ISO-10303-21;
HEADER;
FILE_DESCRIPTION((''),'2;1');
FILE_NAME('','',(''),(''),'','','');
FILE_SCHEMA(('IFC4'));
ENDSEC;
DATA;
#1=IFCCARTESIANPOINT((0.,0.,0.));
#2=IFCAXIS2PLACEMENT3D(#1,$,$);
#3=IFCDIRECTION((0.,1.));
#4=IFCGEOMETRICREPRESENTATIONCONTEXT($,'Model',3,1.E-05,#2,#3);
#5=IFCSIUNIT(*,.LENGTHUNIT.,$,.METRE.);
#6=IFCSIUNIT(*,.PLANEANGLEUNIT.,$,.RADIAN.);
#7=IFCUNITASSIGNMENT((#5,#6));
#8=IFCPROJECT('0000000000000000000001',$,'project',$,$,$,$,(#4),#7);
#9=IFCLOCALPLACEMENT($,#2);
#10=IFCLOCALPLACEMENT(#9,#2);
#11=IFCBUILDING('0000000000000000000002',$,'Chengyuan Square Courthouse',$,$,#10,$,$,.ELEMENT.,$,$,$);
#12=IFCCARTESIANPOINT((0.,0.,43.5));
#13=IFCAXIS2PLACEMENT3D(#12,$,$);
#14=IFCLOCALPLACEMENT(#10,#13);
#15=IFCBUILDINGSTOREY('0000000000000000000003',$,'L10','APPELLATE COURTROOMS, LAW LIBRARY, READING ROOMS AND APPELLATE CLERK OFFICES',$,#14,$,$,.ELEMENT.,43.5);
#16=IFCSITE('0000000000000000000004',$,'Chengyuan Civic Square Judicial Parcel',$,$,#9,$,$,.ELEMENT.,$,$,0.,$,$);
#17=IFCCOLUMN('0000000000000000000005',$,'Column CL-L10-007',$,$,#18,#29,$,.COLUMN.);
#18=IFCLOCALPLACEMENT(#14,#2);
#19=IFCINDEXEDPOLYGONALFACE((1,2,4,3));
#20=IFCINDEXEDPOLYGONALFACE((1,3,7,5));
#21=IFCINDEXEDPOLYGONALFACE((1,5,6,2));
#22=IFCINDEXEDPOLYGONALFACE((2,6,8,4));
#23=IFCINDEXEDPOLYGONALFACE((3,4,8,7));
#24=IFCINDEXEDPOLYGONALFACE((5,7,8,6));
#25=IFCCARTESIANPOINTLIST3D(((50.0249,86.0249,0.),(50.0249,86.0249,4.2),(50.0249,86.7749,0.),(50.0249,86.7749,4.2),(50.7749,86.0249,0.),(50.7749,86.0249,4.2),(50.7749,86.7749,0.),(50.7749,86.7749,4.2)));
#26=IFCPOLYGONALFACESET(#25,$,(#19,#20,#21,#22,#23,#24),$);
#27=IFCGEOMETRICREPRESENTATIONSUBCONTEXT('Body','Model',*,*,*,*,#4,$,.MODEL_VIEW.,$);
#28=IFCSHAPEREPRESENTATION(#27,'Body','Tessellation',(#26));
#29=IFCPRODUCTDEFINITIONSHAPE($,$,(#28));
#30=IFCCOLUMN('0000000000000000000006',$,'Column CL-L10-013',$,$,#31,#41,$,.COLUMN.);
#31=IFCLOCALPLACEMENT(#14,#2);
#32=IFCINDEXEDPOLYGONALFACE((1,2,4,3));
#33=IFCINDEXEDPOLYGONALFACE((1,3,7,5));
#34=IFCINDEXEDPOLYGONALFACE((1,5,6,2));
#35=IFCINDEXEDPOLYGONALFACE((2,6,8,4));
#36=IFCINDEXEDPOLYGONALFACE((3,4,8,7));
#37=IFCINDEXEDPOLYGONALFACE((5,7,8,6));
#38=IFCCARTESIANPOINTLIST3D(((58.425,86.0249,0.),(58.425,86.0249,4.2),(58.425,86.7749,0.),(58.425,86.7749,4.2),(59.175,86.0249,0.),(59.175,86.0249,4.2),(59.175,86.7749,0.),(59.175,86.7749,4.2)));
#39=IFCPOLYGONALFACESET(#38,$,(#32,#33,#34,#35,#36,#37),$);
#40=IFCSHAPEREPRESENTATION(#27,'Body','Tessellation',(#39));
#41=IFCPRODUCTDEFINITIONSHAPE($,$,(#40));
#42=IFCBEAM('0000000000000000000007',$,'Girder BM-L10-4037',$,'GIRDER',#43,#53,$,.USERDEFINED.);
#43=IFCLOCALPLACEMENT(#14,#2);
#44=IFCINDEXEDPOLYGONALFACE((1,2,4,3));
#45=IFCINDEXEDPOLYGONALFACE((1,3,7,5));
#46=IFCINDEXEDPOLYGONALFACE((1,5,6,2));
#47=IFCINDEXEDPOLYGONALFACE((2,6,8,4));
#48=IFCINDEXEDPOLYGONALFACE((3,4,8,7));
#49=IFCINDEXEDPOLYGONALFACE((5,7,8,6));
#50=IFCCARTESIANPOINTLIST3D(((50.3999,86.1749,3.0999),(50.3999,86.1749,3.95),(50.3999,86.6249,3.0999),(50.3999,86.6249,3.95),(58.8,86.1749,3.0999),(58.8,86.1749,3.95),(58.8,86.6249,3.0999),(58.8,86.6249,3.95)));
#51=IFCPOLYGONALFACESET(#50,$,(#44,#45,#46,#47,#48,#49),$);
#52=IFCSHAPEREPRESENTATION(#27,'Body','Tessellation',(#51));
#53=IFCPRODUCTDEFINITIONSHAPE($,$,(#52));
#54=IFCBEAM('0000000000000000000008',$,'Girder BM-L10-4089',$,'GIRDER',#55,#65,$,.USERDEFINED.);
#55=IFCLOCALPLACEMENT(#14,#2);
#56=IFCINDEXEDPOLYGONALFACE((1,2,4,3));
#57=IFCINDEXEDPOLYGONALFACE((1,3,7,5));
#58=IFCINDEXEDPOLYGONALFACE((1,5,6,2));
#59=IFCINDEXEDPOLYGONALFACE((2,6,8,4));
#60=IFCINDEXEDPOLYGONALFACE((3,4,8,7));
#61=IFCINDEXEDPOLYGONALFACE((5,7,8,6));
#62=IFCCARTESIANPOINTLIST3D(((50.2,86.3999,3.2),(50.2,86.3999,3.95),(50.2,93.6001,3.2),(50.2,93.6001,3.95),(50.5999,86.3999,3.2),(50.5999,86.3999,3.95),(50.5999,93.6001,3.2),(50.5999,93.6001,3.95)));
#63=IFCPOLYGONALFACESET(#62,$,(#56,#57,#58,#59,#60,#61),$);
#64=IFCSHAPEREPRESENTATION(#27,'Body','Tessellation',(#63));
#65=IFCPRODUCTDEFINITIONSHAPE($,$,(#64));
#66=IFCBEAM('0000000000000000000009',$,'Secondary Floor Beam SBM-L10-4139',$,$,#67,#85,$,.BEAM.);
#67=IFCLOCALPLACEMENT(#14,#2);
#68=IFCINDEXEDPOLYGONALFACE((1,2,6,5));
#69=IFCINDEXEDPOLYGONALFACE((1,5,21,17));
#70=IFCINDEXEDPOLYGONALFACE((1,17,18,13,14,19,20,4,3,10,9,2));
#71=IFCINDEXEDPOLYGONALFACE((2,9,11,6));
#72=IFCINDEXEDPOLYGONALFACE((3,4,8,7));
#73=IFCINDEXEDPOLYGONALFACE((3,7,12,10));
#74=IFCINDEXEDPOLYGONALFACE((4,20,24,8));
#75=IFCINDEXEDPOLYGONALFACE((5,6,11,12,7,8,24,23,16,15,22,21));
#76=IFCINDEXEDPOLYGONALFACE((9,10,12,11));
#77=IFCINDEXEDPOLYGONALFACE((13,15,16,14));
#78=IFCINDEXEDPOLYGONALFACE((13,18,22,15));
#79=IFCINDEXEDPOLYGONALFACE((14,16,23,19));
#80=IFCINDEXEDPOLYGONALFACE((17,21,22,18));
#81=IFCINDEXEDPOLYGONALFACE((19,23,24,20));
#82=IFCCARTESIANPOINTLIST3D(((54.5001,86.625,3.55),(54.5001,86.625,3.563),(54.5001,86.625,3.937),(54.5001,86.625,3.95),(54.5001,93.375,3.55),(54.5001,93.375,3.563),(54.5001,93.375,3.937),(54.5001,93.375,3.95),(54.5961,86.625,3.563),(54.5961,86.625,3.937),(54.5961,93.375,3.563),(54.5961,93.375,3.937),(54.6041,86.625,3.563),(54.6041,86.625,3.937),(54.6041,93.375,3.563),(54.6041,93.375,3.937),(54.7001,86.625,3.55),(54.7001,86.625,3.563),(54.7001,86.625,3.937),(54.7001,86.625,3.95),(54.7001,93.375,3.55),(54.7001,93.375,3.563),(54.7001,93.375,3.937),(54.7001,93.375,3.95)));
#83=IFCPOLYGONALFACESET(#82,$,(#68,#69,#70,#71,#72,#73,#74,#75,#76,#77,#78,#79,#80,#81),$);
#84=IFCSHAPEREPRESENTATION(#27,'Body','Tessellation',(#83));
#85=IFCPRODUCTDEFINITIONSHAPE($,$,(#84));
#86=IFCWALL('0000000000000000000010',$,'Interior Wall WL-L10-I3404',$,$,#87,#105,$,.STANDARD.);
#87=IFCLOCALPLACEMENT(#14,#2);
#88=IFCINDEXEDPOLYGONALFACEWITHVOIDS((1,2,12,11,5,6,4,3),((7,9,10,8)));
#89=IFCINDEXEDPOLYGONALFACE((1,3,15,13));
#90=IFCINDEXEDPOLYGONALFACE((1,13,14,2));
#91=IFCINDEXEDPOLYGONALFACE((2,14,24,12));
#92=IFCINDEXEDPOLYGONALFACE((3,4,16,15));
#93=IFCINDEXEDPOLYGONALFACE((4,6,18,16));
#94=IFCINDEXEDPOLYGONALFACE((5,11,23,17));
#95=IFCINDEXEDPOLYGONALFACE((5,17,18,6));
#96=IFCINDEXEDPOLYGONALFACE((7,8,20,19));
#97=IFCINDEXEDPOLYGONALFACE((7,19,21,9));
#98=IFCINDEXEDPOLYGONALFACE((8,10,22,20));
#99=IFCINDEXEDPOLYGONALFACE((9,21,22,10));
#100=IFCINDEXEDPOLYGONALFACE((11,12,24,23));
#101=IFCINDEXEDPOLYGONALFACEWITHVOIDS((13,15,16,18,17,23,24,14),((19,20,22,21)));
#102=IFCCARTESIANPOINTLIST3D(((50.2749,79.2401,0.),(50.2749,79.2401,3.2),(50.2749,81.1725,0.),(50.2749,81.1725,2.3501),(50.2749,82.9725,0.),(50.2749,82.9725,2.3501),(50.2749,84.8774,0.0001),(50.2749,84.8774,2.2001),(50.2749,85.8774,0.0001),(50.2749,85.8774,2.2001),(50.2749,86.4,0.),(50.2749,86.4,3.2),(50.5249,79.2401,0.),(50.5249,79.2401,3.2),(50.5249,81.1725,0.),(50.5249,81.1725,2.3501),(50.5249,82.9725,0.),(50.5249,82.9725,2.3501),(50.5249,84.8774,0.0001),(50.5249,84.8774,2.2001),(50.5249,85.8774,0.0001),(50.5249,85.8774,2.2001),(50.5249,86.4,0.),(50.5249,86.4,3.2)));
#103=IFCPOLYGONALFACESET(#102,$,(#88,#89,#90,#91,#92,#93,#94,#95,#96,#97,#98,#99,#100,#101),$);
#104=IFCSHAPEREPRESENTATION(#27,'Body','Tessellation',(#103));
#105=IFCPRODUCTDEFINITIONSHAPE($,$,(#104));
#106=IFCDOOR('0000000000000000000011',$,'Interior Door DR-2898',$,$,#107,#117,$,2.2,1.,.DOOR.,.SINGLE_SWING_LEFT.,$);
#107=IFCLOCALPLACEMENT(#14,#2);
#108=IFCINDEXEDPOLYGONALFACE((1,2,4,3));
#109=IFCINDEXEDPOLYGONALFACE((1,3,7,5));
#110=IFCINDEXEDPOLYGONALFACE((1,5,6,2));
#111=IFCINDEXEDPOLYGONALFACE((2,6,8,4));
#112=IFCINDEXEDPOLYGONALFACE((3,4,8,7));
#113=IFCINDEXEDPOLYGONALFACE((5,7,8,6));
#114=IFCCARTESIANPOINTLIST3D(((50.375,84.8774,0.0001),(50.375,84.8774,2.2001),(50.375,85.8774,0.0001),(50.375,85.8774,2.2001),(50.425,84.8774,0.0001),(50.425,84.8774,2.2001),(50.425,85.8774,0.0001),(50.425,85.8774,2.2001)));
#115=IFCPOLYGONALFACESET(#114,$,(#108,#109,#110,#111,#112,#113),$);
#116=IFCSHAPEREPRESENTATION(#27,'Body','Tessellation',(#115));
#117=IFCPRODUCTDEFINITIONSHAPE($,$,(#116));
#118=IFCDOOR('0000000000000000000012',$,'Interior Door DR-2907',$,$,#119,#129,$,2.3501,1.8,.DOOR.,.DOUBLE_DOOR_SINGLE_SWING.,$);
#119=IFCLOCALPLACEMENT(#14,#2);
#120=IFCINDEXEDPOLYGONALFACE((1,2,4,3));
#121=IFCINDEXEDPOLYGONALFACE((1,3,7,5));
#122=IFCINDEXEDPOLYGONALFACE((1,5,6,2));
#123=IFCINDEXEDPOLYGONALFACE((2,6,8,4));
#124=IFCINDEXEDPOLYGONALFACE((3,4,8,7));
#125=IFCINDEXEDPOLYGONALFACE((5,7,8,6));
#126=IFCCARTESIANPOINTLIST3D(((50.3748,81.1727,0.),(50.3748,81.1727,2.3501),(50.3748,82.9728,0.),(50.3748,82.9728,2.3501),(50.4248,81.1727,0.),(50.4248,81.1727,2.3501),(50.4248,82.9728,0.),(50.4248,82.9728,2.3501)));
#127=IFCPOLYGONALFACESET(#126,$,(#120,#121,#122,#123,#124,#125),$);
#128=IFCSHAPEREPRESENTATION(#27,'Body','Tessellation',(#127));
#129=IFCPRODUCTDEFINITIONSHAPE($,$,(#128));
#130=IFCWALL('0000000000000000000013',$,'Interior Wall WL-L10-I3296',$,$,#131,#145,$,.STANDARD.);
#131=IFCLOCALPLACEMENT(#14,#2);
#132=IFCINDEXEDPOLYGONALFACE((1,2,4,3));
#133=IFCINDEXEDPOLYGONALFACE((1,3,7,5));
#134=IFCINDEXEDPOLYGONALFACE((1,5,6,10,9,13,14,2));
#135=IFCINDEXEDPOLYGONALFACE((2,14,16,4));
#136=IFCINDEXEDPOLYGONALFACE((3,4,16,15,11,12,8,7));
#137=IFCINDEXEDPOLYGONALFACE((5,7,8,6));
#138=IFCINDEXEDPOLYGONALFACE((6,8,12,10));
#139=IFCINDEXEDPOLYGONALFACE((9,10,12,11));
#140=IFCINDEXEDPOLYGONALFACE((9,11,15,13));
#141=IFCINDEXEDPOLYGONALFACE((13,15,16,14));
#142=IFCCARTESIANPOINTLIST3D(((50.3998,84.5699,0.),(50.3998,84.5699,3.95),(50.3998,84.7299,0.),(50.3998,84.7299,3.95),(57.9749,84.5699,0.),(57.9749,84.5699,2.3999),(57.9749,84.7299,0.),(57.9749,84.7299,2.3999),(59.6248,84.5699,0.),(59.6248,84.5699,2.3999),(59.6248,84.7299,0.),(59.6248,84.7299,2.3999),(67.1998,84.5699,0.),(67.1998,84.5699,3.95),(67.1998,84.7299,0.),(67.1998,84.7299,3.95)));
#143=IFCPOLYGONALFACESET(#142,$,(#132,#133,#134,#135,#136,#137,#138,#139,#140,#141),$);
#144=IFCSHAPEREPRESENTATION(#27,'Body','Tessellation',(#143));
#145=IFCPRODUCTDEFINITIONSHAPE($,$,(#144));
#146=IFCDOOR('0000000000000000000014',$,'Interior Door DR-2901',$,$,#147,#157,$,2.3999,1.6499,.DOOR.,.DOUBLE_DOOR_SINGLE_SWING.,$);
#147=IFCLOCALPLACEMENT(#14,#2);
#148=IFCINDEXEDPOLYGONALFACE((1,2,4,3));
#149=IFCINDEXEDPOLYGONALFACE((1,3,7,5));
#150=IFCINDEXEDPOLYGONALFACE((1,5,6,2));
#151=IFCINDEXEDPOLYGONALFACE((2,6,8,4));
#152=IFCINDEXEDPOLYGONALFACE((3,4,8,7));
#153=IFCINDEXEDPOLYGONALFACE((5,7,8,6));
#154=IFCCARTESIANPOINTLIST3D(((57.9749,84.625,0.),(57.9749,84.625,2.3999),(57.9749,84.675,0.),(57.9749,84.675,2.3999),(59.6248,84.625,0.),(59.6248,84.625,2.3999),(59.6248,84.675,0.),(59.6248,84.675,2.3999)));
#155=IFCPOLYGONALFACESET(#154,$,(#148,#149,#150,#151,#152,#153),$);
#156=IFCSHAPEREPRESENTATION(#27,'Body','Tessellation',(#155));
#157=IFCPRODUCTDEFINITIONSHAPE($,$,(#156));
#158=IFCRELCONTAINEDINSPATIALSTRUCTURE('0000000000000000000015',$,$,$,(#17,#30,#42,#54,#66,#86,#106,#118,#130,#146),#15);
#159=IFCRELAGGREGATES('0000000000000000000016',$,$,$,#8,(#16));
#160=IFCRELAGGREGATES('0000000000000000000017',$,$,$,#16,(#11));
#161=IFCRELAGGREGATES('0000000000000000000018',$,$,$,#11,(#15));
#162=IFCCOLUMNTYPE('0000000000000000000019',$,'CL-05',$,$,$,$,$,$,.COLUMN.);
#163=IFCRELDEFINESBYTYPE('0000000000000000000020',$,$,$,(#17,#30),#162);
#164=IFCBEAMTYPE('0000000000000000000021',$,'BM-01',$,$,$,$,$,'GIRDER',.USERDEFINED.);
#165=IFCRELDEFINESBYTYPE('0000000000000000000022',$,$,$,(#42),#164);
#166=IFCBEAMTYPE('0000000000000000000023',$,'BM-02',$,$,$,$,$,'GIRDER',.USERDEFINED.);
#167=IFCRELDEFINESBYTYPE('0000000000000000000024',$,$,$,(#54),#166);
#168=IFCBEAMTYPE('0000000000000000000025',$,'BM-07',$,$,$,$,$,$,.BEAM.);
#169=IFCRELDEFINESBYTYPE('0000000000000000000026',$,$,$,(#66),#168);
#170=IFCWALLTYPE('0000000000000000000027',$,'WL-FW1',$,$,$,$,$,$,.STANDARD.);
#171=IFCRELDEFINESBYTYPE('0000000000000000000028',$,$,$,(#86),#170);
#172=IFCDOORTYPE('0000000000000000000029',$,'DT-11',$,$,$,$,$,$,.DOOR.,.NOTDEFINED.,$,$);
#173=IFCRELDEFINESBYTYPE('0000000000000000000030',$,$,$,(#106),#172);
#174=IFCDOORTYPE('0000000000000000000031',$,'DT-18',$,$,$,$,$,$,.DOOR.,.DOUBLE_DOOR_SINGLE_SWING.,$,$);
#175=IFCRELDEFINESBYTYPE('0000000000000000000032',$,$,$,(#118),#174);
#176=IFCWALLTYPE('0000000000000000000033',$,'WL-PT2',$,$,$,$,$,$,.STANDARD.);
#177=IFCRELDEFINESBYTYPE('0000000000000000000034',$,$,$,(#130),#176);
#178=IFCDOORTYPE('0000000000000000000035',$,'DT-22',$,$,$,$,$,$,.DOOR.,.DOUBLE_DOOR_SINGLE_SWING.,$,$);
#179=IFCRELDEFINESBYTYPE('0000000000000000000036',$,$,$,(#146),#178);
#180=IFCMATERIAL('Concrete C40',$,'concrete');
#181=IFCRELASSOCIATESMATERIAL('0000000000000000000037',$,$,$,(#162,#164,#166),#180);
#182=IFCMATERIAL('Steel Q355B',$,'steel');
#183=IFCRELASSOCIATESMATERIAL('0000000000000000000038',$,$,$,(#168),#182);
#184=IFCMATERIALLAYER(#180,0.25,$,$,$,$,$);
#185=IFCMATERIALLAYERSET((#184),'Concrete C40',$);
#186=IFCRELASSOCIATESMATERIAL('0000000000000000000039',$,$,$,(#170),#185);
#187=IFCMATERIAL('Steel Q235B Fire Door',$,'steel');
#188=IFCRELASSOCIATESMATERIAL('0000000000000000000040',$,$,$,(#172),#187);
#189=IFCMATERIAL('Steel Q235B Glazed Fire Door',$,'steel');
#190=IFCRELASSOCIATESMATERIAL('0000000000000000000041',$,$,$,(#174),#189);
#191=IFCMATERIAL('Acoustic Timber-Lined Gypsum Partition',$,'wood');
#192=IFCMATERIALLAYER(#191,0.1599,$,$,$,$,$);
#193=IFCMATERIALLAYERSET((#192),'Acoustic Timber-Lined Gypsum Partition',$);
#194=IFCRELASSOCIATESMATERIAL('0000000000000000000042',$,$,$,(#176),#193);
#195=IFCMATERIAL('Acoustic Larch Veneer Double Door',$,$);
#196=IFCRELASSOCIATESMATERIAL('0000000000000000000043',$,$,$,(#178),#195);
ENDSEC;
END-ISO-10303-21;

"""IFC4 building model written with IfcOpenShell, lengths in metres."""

from ifc_helpers import new_model, si_unit, direction, frame, frame_2d, origin, origin_2d, place, context, subcontext, project, spatial, rectangle, i_section, extrude, material, layer, layer_set, material_profile, profile_set, type_object, element, fill, save


model = new_model("IFC4")

# Units and contexts
model_context = context("Model", 3, precision=1e-05, world=origin(), true_north=direction((0.0, 1.0)))
body_context = subcontext(model_context, "Body", "Model", "MODEL_VIEW")
ifc_project = project(units=[si_unit("LENGTHUNIT", "METRE"), si_unit("PLANEANGLEUNIT", "RADIAN")], contexts=[model_context])

# Site, building, storey
site_placement = place(None, origin())
site = spatial("IfcSite", under=ifc_project, at=site_placement, Name="Chengyuan Civic Square Judicial Parcel", CompositionType="ELEMENT", RefElevation=0.0)
building_placement = place(site_placement, origin())
building = spatial("IfcBuilding", under=site, at=building_placement, Name="Chengyuan Square Courthouse", CompositionType="ELEMENT")
storey_placement = place(building_placement, frame((0.0, 0.0, 43.5)))
storey = spatial("IfcBuildingStorey", under=building, at=storey_placement, Name="L10", Description="APPELLATE COURTROOMS, LAW LIBRARY, READING ROOMS AND APPELLATE CLERK OFFICES", CompositionType="ELEMENT", Elevation=43.5)

# Columns
ifc_material_1 = material(Name="Concrete C40", Category="concrete")
ifc_material_profile_1 = material_profile(ifc_material_1, rectangle(XDim=0.75, YDim=0.75, at=origin_2d()), Name="RC-COL-750x750")
ifc_profile_set_1 = profile_set([ifc_material_profile_1], Name="Concrete C40")
column_type = type_object("IfcColumnType", Name="CL-05", PredefinedType="COLUMN", material=ifc_profile_set_1)
for number, where, z_axis, x_axis, name in (
    (1, (50.3999, 86.3999, 0.0), (0.0, 0.0, 1.0), (1.0, 0.0, 0.0), "Column CL-L10-007"),
    (2, (58.8, 86.3999, 0.0), (0.0, 0.0, 1.0), (1.0, 0.0, 0.0), "Column CL-L10-013"),
):
    element("IfcColumn", number, at=place(storey_placement, frame(where, z_axis=z_axis, x_axis=x_axis)), inside=storey, type_object=column_type, Name=name, PredefinedType="COLUMN", context=body_context, shape_type="SweptSolid", body=[
        extrude(rectangle(XDim=0.75, YDim=0.75, at=origin_2d()), origin(), (0.0, 0.0, 1.0), 4.2),
    ])

# Beams
ifc_material_profile_2 = material_profile(ifc_material_1, rectangle(XDim=0.45, YDim=0.8501, at=origin_2d()), Name="RC-BM-450x850")
ifc_profile_set_2 = profile_set([ifc_material_profile_2], Name="Concrete C40")
beam_type_1 = type_object("IfcBeamType", Name="BM-01", ElementType="GIRDER", PredefinedType="USERDEFINED", material=ifc_profile_set_2)
beam_1_placement = place(storey_placement, frame((50.3999, 86.3999, 3.5249), z_axis=(1.0, 0.0, 0.0), x_axis=(0.0, 1.0, 0.0)))
element("IfcBeam", 3, at=beam_1_placement, inside=storey, type_object=beam_type_1, Name="Girder BM-L10-4037", ObjectType="GIRDER", PredefinedType="USERDEFINED", context=body_context, shape_type="SweptSolid", body=[
    extrude(rectangle(XDim=0.45, YDim=0.8501, at=origin_2d()), origin(), (0.0, 0.0, 1.0), 8.4001),
])
ifc_material_profile_3 = material_profile(ifc_material_1, rectangle(XDim=0.3999, YDim=0.75, at=origin_2d()), Name="RC-BM-400x750")
ifc_profile_set_3 = profile_set([ifc_material_profile_3], Name="Concrete C40")
beam_type_2 = type_object("IfcBeamType", Name="BM-02", ElementType="GIRDER", PredefinedType="USERDEFINED", material=ifc_profile_set_3)
beam_2_placement = place(storey_placement, frame((50.3999, 86.3999, 3.575), z_axis=(0.0, 1.0, 0.0), x_axis=(-1.0, 0.0, 0.0)))
element("IfcBeam", 4, at=beam_2_placement, inside=storey, type_object=beam_type_2, Name="Girder BM-L10-4089", ObjectType="GIRDER", PredefinedType="USERDEFINED", context=body_context, shape_type="SweptSolid", body=[
    extrude(rectangle(XDim=0.3999, YDim=0.75, at=origin_2d()), origin(), (0.0, 0.0, 1.0), 7.2002),
])
ifc_material_2 = material(Name="Steel Q355B", Category="steel")
ifc_material_profile_4 = material_profile(ifc_material_2, i_section(OverallWidth=0.2, OverallDepth=0.3999, WebThickness=0.0081, FlangeThickness=0.0129, at=origin_2d()), Name="HN 400x200x8x13")
ifc_profile_set_4 = profile_set([ifc_material_profile_4], Name="Steel Q355B")
beam_type_3 = type_object("IfcBeamType", Name="BM-07", PredefinedType="BEAM", material=ifc_profile_set_4)
beam_3_placement = place(storey_placement, frame((54.6001, 86.625, 3.75), z_axis=(0.0, 1.0, 0.0), x_axis=(-1.0, 0.0, 0.0)))
element("IfcBeam", 5, at=beam_3_placement, inside=storey, type_object=beam_type_3, Name="Secondary Floor Beam SBM-L10-4139", PredefinedType="BEAM", context=body_context, shape_type="SweptSolid", body=[
    extrude(i_section(OverallWidth=0.2, OverallDepth=0.3999, WebThickness=0.0081, FlangeThickness=0.0129, at=origin_2d()), origin(), (0.0, 0.0, 1.0), 6.75),
])

# Wall, openings, doors
ifc_layer_1 = layer(ifc_material_1, 0.25)
ifc_layer_set_1 = layer_set([ifc_layer_1], Name="Concrete C40")
wall_type_1 = type_object("IfcWallType", Name="WL-FW1", PredefinedType="STANDARD", material=ifc_layer_set_1)
wall_1_placement = place(storey_placement, frame((50.3999, 79.24, 0.0), z_axis=(0.0, 0.0, 1.0), x_axis=(0.0, 1.0, 0.0)))
wall_1 = element("IfcWall", 6, at=wall_1_placement, inside=storey, type_object=wall_type_1, Name="Interior Wall WL-L10-I3404", PredefinedType="STANDARD", context=body_context, shape_type="SweptSolid", body=[
    extrude(rectangle(XDim=7.1599, YDim=0.25, at=frame_2d((3.5801, 0.0))), origin(), (0.0, 0.0, 1.0), 3.2),
])
opening_1_placement = place(wall_1_placement, frame((5.6375, 0.0, 0.0)))
opening_1 = element("IfcOpeningElement", 7, at=opening_1_placement, cuts=wall_1, PredefinedType="OPENING", context=body_context, shape_type="SweptSolid", body=[
    extrude(rectangle(XDim=1.0, YDim=2.2, at=frame_2d((0.5, 1.1001))), frame((0.0, 0.137, 0.0), z_axis=(0.0, -1.0, 0.0), x_axis=(1.0, 0.0, 0.0)), (0.0, 0.0, 1.0), 0.2739),
])
opening_2_placement = place(wall_1_placement, frame((1.9326, 0.0, 0.0)))
opening_2 = element("IfcOpeningElement", 8, at=opening_2_placement, cuts=wall_1, PredefinedType="OPENING", context=body_context, shape_type="SweptSolid", body=[
    extrude(rectangle(XDim=1.8, YDim=2.3501, at=frame_2d((0.8999, 1.175))), frame((0.0, 0.137, 0.0), z_axis=(0.0, -1.0, 0.0), x_axis=(1.0, 0.0, 0.0)), (0.0, 0.0, 1.0), 0.2739),
])
ifc_material_3 = material(Name="Steel Q235B Fire Door", Category="steel")
door_type_1 = type_object("IfcDoorType", Name="DT-11", OperationType="NOTDEFINED", PredefinedType="DOOR", material=ifc_material_3)
door_1_placement = place(opening_1_placement, origin())
door_1 = element("IfcDoor", 9, at=door_1_placement, inside=storey, type_object=door_type_1, Name="Interior Door DR-2898", OperationType="SINGLE_SWING_LEFT", OverallHeight=2.2, OverallWidth=1.0, PredefinedType="DOOR", context=body_context, shape_type="SweptSolid", body=[
    extrude(rectangle(XDim=1.0, YDim=2.2, at=frame_2d((0.5, 1.1001))), frame((0.0, 0.0249, 0.0), z_axis=(0.0, -1.0, 0.0), x_axis=(1.0, 0.0, 0.0)), (0.0, 0.0, 1.0), 0.05),
])
fill(opening_1, door_1)
ifc_material_4 = material(Name="Steel Q235B Glazed Fire Door", Category="steel")
door_type_2 = type_object("IfcDoorType", Name="DT-18", OperationType="DOUBLE_DOOR_SINGLE_SWING", PredefinedType="DOOR", material=ifc_material_4)
door_2_placement = place(opening_2_placement, frame((1.8, 0.0, 0.0), z_axis=(0.0, 0.0, 1.0), x_axis=(-1.0, 0.0, 0.0)))
door_2 = element("IfcDoor", 10, at=door_2_placement, inside=storey, type_object=door_type_2, Name="Interior Door DR-2907", OperationType="DOUBLE_DOOR_SINGLE_SWING", OverallHeight=2.3501, OverallWidth=1.8, PredefinedType="DOOR", context=body_context, shape_type="SweptSolid", body=[
    extrude(rectangle(XDim=1.8, YDim=2.3501, at=frame_2d((0.8999, 1.175))), frame((0.0, 0.0249, 0.0), z_axis=(0.0, -1.0, 0.0), x_axis=(1.0, 0.0, 0.0)), (0.0, 0.0, 1.0), 0.05),
])
fill(opening_2, door_2)

# Wall, opening, door
ifc_material_5 = material(Name="Acoustic Timber-Lined Gypsum Partition", Category="wood")
ifc_layer_2 = layer(ifc_material_5, 0.1599)
ifc_layer_set_2 = layer_set([ifc_layer_2], Name="Acoustic Timber-Lined Gypsum Partition")
wall_type_2 = type_object("IfcWallType", Name="WL-PT2", PredefinedType="STANDARD", material=ifc_layer_set_2)
wall_2_placement = place(storey_placement, frame((50.3999, 84.6499, 0.0), z_axis=(0.0, 0.0, 1.0), x_axis=(1.0, 0.0, 0.0)))
wall_2 = element("IfcWall", 11, at=wall_2_placement, inside=storey, type_object=wall_type_2, Name="Interior Wall WL-L10-I3296", PredefinedType="STANDARD", context=body_context, shape_type="SweptSolid", body=[
    extrude(rectangle(XDim=16.8, YDim=0.1599, at=frame_2d((8.3999, 0.0))), origin(), (0.0, 0.0, 1.0), 3.95),
])
opening_3_placement = place(wall_2_placement, frame((7.575, 0.0, 0.0)))
opening_3 = element("IfcOpeningElement", 12, at=opening_3_placement, cuts=wall_2, PredefinedType="OPENING", context=body_context, shape_type="SweptSolid", body=[
    extrude(rectangle(XDim=1.6499, YDim=2.3999, at=frame_2d((0.825, 1.2))), frame((0.0, 0.092, 0.0), z_axis=(0.0, -1.0, 0.0), x_axis=(1.0, 0.0, 0.0)), (0.0, 0.0, 1.0), 0.1838),
])
ifc_material_6 = material(Name="Acoustic Larch Veneer Double Door")
door_type_3 = type_object("IfcDoorType", Name="DT-22", OperationType="DOUBLE_DOOR_SINGLE_SWING", PredefinedType="DOOR", material=ifc_material_6)
door_3_placement = place(opening_3_placement, frame((1.6499, 0.0, 0.0), z_axis=(0.0, 0.0, 1.0), x_axis=(-1.0, 0.0, 0.0)))
door_3 = element("IfcDoor", 13, at=door_3_placement, inside=storey, type_object=door_type_3, Name="Interior Door DR-2901", OperationType="DOUBLE_DOOR_SINGLE_SWING", OverallHeight=2.3999, OverallWidth=1.6499, PredefinedType="DOOR", context=body_context, shape_type="SweptSolid", body=[
    extrude(rectangle(XDim=1.6499, YDim=2.3999, at=frame_2d((0.825, 1.2))), frame((0.0, 0.0249, 0.0), z_axis=(0.0, -1.0, 0.0), x_axis=(1.0, 0.0, 0.0)), (0.0, 0.0, 1.0), 0.05),
])
fill(opening_3, door_3)

save(model, "model.ifc")
